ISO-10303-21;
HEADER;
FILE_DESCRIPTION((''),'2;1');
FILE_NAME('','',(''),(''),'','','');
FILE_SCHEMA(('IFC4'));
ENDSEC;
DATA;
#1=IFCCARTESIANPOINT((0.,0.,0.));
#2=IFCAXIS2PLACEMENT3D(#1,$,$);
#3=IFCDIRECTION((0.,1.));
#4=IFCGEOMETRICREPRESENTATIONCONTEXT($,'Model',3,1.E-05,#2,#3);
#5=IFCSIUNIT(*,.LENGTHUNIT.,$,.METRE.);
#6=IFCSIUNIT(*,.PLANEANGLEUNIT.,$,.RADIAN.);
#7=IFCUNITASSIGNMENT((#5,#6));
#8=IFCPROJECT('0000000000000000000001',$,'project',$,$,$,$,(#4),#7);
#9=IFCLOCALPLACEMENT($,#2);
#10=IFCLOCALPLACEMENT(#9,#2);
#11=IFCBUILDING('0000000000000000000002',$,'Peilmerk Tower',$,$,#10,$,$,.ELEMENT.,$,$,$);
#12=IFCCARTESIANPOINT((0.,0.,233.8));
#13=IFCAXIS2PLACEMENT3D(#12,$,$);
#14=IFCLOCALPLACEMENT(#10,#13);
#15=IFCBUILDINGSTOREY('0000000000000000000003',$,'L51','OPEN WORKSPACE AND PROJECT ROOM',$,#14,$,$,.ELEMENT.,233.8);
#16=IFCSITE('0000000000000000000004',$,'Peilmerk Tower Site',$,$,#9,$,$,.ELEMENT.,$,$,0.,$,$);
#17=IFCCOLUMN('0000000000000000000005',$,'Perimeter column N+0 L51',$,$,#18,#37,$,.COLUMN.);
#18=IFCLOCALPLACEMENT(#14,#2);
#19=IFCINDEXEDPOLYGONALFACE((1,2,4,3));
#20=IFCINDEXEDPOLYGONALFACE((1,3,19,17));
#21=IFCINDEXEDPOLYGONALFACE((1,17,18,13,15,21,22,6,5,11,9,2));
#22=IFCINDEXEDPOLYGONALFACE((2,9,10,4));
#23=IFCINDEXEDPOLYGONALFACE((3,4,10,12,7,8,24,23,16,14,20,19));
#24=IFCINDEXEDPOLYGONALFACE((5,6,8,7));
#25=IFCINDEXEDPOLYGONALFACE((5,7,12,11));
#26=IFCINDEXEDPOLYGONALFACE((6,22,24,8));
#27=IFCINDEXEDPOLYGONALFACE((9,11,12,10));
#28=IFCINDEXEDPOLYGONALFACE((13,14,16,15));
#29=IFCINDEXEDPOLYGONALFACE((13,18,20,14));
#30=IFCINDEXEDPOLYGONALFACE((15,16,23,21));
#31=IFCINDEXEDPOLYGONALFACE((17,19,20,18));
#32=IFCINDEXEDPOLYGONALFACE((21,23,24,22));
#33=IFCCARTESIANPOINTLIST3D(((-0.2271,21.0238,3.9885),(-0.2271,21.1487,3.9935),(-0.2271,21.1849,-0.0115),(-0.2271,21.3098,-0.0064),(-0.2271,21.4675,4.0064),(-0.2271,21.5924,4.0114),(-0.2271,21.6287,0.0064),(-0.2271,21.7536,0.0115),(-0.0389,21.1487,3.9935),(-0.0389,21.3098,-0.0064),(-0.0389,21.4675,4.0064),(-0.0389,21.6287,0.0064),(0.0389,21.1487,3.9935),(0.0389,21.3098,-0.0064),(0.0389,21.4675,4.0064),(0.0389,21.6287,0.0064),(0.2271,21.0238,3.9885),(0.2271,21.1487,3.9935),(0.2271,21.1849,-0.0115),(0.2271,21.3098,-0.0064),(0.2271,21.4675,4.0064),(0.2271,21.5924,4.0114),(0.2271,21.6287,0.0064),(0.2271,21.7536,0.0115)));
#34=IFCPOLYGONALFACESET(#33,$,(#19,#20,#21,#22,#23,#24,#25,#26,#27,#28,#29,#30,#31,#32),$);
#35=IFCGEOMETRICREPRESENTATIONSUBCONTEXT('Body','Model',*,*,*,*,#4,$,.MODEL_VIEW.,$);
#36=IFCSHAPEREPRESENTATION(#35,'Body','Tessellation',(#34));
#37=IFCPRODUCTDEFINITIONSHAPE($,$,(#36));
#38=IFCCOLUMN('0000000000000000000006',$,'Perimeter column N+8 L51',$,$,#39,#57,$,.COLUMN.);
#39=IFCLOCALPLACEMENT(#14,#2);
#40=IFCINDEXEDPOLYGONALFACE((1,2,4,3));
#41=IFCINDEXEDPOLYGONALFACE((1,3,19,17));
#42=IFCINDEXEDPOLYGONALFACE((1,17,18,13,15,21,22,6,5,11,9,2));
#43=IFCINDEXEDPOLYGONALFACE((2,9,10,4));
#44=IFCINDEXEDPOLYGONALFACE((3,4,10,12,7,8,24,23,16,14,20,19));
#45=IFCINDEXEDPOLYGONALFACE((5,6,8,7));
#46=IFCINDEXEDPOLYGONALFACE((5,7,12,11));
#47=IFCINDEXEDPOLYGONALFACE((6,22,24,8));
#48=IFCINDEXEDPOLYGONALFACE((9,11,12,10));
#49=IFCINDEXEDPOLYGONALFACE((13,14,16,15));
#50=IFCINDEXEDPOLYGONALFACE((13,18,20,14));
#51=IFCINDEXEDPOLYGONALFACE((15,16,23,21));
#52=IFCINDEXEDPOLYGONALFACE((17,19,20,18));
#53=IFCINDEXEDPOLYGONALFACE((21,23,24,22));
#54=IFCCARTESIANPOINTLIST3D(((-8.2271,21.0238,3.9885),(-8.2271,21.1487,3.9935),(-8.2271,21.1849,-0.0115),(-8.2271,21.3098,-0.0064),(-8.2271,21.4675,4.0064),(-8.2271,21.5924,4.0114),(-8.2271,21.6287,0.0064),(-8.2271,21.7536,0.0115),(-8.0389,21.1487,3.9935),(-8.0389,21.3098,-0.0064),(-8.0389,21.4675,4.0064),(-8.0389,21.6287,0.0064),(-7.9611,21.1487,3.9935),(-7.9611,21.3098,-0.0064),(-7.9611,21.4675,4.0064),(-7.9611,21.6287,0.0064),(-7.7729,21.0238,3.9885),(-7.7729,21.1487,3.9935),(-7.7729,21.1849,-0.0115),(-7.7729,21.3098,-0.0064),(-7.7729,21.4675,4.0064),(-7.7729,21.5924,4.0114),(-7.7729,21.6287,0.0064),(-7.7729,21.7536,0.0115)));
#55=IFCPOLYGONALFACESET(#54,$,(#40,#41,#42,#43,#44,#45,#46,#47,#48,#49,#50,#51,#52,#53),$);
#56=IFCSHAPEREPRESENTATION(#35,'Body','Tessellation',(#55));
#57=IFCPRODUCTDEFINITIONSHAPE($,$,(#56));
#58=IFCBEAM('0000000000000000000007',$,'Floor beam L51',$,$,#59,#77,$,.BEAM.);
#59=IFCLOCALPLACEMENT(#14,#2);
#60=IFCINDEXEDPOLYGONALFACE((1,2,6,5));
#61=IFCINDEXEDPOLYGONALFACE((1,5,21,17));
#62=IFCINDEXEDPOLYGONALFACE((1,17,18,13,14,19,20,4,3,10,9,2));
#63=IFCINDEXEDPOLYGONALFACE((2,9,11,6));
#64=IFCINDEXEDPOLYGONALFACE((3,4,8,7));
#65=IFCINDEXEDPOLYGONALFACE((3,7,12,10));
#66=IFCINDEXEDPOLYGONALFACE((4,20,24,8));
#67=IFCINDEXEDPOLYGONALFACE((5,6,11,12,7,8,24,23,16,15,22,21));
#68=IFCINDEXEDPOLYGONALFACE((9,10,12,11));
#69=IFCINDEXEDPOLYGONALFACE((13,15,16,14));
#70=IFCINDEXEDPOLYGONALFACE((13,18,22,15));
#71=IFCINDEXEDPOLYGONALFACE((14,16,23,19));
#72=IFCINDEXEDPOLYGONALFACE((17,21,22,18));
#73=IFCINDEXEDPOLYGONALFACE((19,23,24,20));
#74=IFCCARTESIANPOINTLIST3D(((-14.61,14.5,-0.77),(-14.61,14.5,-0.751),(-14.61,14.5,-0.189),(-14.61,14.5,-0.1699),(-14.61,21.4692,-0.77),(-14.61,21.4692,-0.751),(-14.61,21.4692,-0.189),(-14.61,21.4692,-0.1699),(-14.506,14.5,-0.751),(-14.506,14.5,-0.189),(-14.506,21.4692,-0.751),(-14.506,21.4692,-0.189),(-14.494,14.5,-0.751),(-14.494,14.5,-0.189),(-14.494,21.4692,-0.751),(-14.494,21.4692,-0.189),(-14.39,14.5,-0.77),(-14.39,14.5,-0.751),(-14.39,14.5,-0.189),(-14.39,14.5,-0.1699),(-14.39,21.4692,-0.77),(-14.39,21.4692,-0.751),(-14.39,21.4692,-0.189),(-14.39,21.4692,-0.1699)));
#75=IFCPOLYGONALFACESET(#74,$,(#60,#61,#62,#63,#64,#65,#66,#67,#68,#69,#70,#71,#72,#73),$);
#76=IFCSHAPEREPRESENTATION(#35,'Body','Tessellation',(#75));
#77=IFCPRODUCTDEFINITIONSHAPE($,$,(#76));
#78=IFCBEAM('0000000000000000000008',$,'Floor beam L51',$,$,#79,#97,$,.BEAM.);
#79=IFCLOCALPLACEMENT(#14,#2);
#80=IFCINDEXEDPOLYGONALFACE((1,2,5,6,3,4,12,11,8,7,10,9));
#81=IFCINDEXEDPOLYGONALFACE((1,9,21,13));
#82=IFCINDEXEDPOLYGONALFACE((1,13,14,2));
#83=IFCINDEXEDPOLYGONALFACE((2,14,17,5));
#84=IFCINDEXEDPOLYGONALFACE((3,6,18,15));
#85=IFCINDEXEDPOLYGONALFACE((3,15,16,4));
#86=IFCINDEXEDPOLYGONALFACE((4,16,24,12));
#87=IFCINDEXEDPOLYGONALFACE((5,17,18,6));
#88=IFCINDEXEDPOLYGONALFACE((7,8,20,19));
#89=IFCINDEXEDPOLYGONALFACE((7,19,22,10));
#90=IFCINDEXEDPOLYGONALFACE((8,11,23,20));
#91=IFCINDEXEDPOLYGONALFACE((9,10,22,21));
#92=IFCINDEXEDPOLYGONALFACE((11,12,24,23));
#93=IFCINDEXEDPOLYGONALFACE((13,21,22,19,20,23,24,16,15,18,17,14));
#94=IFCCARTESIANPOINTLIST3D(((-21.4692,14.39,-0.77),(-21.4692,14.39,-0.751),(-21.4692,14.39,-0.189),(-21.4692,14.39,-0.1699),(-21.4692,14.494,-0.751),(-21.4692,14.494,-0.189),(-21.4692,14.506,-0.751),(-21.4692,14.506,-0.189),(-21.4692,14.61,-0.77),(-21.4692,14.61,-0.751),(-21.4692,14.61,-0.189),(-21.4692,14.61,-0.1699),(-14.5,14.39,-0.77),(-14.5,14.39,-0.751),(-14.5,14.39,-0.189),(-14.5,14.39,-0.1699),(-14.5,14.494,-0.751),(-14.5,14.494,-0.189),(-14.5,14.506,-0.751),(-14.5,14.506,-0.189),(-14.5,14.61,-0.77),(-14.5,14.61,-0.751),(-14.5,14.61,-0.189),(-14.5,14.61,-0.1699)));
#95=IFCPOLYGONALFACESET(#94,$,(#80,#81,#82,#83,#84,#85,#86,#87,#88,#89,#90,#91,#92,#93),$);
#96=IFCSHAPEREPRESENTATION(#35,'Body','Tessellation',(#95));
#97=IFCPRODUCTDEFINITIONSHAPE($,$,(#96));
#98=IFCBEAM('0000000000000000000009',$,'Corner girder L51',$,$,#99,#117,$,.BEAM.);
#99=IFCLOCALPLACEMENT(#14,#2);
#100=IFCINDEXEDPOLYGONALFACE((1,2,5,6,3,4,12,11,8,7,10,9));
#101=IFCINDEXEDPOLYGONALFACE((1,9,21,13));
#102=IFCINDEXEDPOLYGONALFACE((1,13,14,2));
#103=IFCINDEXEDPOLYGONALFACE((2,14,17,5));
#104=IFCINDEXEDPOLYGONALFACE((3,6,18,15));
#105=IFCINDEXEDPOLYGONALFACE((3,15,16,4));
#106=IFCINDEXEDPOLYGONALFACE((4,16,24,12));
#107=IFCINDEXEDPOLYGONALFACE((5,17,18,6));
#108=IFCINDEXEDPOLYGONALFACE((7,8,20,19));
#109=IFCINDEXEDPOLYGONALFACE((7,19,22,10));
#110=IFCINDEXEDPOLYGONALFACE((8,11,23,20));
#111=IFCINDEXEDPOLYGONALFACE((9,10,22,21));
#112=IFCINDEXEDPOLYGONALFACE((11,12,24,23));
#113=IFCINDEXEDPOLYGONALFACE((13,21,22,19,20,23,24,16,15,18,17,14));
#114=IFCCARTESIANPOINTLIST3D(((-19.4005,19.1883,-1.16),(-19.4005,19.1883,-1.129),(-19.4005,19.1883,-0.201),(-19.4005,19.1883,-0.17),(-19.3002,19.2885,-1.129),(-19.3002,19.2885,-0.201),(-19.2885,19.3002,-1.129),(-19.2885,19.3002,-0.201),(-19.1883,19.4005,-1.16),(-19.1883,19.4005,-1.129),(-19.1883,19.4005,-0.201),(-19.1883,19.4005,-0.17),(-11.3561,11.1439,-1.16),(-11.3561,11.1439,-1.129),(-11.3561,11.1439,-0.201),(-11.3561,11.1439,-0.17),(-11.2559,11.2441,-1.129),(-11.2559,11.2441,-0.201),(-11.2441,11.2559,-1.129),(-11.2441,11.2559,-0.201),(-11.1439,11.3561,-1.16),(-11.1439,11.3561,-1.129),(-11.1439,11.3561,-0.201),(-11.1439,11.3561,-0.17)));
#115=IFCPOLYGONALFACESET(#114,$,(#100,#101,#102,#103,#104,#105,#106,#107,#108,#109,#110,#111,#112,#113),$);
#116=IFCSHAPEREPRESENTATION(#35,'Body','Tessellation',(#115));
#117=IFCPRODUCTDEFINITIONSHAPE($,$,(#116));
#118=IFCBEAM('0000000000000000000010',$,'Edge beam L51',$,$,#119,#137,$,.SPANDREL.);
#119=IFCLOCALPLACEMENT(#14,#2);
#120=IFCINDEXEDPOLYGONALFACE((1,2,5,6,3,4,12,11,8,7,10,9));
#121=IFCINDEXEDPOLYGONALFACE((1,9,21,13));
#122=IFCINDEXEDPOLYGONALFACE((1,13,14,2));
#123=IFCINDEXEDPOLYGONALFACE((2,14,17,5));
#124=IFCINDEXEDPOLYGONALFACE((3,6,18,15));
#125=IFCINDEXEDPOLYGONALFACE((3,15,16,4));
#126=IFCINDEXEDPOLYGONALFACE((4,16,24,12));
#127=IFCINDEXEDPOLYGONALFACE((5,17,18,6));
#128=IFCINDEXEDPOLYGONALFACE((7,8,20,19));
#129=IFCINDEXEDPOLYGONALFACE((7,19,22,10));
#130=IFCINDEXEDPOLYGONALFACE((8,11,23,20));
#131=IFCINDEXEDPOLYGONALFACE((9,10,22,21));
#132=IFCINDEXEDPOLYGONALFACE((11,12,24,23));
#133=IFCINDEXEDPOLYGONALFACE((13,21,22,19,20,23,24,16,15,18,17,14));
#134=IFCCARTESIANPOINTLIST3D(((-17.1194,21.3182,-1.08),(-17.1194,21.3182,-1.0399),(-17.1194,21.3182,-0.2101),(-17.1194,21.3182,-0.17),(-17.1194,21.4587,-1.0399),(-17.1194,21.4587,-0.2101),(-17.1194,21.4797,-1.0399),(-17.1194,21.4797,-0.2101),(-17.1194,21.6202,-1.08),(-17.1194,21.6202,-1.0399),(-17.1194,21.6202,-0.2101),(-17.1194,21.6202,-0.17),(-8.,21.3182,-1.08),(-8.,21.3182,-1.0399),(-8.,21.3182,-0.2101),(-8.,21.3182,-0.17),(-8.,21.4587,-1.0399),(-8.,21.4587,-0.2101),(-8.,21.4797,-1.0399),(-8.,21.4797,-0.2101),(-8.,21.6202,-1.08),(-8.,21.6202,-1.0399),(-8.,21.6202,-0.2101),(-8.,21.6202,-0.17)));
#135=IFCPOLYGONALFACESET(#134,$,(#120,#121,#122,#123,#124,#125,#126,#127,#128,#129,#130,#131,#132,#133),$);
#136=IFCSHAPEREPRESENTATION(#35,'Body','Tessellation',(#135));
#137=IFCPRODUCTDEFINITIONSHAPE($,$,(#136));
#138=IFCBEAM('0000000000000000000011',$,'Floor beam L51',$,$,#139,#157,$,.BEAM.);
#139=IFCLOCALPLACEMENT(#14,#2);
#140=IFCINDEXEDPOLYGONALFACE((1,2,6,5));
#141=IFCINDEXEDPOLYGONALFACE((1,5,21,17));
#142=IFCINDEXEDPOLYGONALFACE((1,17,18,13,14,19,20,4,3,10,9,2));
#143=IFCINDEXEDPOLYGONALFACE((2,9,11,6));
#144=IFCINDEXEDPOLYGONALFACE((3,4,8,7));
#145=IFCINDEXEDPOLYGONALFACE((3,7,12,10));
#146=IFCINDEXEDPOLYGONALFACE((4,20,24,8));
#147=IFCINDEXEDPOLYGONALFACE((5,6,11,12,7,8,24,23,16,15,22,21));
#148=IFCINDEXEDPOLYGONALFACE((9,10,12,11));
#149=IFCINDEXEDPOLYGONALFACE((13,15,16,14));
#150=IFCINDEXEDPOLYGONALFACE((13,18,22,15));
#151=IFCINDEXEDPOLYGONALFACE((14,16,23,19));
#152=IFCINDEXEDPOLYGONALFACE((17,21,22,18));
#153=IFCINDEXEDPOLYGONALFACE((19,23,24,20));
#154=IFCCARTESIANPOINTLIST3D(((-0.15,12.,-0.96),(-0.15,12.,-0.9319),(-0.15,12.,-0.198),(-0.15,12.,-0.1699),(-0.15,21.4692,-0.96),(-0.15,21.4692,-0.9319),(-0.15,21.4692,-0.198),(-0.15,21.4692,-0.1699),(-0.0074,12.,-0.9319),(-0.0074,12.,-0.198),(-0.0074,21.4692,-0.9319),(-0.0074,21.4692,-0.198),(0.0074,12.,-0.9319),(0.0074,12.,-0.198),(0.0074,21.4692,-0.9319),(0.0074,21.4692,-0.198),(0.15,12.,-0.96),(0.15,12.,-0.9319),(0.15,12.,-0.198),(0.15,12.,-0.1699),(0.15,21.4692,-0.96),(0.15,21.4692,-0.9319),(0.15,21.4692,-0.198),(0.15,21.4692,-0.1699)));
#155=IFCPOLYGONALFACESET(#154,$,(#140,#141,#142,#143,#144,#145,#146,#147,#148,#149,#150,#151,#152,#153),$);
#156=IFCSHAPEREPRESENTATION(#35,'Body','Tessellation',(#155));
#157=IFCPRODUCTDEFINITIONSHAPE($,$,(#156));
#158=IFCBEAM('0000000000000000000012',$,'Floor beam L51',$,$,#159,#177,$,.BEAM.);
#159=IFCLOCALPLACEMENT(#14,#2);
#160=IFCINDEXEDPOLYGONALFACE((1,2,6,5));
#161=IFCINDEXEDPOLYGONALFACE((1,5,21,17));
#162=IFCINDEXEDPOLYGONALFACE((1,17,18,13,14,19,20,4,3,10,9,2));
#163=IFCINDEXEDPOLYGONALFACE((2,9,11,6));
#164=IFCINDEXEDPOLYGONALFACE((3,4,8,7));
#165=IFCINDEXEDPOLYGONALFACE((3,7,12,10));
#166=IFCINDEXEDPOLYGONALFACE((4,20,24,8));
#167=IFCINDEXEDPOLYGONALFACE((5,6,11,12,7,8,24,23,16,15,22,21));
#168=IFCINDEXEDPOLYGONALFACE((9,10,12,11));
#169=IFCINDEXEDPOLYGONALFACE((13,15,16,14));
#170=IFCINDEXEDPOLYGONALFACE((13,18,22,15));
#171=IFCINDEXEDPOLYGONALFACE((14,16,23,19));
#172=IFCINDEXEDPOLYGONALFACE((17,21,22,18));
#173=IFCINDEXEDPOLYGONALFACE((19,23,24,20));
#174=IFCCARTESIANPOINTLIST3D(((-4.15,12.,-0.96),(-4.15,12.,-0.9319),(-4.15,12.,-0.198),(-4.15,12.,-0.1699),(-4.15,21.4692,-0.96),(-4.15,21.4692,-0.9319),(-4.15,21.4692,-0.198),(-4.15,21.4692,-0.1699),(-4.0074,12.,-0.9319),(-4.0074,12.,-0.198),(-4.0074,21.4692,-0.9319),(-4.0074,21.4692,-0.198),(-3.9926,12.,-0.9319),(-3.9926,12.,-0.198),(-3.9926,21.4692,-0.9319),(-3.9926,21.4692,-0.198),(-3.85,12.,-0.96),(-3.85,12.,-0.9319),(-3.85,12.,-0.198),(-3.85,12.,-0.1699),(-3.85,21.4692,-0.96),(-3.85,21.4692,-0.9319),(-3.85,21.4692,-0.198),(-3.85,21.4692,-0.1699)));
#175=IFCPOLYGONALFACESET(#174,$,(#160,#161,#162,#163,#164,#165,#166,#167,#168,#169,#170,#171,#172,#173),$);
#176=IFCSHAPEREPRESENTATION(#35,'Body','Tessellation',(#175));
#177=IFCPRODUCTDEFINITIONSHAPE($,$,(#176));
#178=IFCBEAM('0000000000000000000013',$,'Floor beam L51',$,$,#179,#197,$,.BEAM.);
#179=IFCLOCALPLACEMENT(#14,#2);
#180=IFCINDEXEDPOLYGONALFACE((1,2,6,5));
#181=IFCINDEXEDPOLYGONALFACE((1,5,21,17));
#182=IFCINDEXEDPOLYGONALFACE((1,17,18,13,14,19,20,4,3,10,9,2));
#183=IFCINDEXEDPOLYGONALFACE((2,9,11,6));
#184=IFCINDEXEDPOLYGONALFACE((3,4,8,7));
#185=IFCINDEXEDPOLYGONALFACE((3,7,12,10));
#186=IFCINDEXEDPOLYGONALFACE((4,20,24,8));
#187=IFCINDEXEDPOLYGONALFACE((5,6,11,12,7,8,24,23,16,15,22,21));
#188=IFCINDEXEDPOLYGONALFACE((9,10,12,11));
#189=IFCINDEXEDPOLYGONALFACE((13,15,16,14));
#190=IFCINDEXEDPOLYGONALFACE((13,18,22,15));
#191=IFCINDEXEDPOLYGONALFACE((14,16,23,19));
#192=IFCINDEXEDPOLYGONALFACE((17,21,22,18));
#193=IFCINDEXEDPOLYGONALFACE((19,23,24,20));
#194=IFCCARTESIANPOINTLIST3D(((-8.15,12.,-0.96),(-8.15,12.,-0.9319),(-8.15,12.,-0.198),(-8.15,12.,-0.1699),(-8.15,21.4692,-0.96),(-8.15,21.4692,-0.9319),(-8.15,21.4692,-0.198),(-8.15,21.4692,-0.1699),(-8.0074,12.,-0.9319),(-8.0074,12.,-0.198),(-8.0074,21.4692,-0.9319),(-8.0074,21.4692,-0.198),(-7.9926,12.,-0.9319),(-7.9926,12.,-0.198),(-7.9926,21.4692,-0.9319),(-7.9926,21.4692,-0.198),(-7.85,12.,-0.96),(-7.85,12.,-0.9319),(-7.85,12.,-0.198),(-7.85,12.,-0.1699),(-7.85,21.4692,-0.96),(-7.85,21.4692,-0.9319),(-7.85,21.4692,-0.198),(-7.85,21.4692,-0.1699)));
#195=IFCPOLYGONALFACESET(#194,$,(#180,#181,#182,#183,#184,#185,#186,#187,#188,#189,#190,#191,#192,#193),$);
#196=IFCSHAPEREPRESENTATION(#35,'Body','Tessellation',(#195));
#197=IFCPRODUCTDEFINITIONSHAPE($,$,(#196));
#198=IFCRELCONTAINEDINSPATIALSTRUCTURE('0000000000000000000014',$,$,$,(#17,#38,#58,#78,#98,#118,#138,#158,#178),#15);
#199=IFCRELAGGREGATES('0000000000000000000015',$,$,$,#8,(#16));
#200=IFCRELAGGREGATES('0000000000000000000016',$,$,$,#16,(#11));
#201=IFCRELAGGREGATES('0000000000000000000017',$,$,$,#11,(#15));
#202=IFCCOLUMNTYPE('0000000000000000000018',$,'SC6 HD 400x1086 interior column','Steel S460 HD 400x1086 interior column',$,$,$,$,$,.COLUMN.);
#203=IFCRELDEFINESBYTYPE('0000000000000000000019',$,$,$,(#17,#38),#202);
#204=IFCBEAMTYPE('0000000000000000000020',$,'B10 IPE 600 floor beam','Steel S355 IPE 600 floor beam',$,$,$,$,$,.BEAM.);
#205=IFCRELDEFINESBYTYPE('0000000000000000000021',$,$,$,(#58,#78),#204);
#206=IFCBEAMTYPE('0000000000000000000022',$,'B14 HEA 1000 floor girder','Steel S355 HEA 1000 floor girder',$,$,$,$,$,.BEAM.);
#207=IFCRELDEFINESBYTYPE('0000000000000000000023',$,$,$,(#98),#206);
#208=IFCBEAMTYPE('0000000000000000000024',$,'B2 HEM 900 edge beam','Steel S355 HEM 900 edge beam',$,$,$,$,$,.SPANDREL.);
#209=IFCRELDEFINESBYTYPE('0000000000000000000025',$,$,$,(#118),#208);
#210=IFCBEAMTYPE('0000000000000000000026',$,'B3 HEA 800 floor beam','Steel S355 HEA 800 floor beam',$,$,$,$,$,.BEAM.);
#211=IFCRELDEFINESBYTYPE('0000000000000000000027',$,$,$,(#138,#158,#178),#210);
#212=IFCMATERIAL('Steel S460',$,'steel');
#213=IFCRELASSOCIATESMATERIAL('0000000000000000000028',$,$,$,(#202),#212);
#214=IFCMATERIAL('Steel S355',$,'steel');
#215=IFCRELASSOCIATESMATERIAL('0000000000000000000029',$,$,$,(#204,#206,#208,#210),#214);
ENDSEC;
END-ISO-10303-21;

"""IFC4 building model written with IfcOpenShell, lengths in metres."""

from ifc_helpers import new_model, si_unit, direction, frame, origin, origin_2d, place, context, subcontext, project, spatial, i_section, extrude, material, material_profile, profile_set, type_object, element, save


model = new_model("IFC4")

# Units and contexts
model_context = context("Model", 3, precision=1e-05, world=origin(), true_north=direction((0.0, 1.0)))
body_context = subcontext(model_context, "Body", "Model", "MODEL_VIEW")
ifc_project = project(units=[si_unit("LENGTHUNIT", "METRE"), si_unit("PLANEANGLEUNIT", "RADIAN")], contexts=[model_context])

# Site, building, storey
site_placement = place(None, origin())
site = spatial("IfcSite", under=ifc_project, at=site_placement, Name="Peilmerk Tower Site", CompositionType="ELEMENT", RefElevation=0.0)
building_placement = place(site_placement, origin())
building = spatial("IfcBuilding", under=site, at=building_placement, Name="Peilmerk Tower", CompositionType="ELEMENT")
storey_placement = place(building_placement, frame((0.0, 0.0, 233.8)))
storey = spatial("IfcBuildingStorey", under=building, at=storey_placement, Name="L51", Description="OPEN WORKSPACE AND PROJECT ROOM", CompositionType="ELEMENT", Elevation=233.8)

# Columns
ifc_material_1 = material(Name="Steel S460", Category="steel")
ifc_material_profile_1 = material_profile(ifc_material_1, i_section(OverallWidth=0.4541, OverallDepth=0.5691, WebThickness=0.0779, FlangeThickness=0.125, at=origin_2d()), Name="HD 400x1086")
ifc_profile_set_1 = profile_set([ifc_material_profile_1], Name="Steel S460")
column_type = type_object("IfcColumnType", Name="SC6 HD 400x1086 interior column", Description="Steel S460 HD 400x1086 interior column", PredefinedType="COLUMN", material=ifc_profile_set_1)
for number, where, z_axis, x_axis, name in (
    (1, (0.0, 21.4692, 0.0), (0.0, -0.040251, 0.99919), (1.0, 0.0, 0.0), "Perimeter column N+0 L51"),
    (2, (-8.0, 21.4692, 0.0), (0.0, -0.040251, 0.99919), (1.0, 0.0, 0.0), "Perimeter column N+8 L51"),
):
    element("IfcColumn", number, at=place(storey_placement, frame(where, z_axis=z_axis, x_axis=x_axis)), inside=storey, type_object=column_type, Name=name, PredefinedType="COLUMN", context=body_context, shape_type="SweptSolid", body=[
        extrude(i_section(OverallWidth=0.4541, OverallDepth=0.5691, WebThickness=0.0779, FlangeThickness=0.125, at=origin_2d()), origin(), (0.0, 0.0, 1.0), 4.0032),
    ])

# Beams
ifc_material_2 = material(Name="Steel S355", Category="steel")
ifc_material_profile_2 = material_profile(ifc_material_2, i_section(OverallWidth=0.22, OverallDepth=0.6001, WebThickness=0.012, FlangeThickness=0.019, at=origin_2d()), Name="IPE 600")
ifc_profile_set_2 = profile_set([ifc_material_profile_2], Name="Steel S355")
beam_type_1 = type_object("IfcBeamType", Name="B10 IPE 600 floor beam", Description="Steel S355 IPE 600 floor beam", PredefinedType="BEAM", material=ifc_profile_set_2)
for number, where, z_axis, x_axis, name in (
    (3, (-14.5, 14.5, -0.47), (0.0, 1.0, 0.0), (-1.0, 0.0, 0.0), "Floor beam L51"),
    (4, (-14.5, 14.5, -0.47), (-1.0, 0.0, 0.0), (0.0, -1.0, 0.0), "Floor beam L51"),
):
    element("IfcBeam", number, at=place(storey_placement, frame(where, z_axis=z_axis, x_axis=x_axis)), inside=storey, type_object=beam_type_1, Name=name, PredefinedType="BEAM", context=body_context, shape_type="SweptSolid", body=[
        extrude(i_section(OverallWidth=0.22, OverallDepth=0.6001, WebThickness=0.012, FlangeThickness=0.019, at=origin_2d()), origin(), (0.0, 0.0, 1.0), 6.9692),
    ])
ifc_material_profile_3 = material_profile(ifc_material_2, i_section(OverallWidth=0.3, OverallDepth=0.99, WebThickness=0.0166, FlangeThickness=0.031, at=origin_2d()), Name="HEA 1000")
ifc_profile_set_3 = profile_set([ifc_material_profile_3], Name="Steel S355")
beam_type_2 = type_object("IfcBeamType", Name="B14 HEA 1000 floor girder", Description="Steel S355 HEA 1000 floor girder", PredefinedType="BEAM", material=ifc_profile_set_3)
beam_1_placement = place(storey_placement, frame((-11.25, 11.25, -0.665), z_axis=(-0.707107, 0.707107, 0.0), x_axis=(-0.707107, -0.707107, 0.0)))
element("IfcBeam", 5, at=beam_1_placement, inside=storey, type_object=beam_type_2, Name="Corner girder L51", PredefinedType="BEAM", context=body_context, shape_type="SweptSolid", body=[
    extrude(i_section(OverallWidth=0.3, OverallDepth=0.99, WebThickness=0.0166, FlangeThickness=0.031, at=origin_2d()), origin(), (0.0, 0.0, 1.0), 11.3765),
])
ifc_material_profile_4 = material_profile(ifc_material_2, i_section(OverallWidth=0.302, OverallDepth=0.9099, WebThickness=0.021, FlangeThickness=0.04, at=origin_2d()), Name="HEM 900")
ifc_profile_set_4 = profile_set([ifc_material_profile_4], Name="Steel S355")
beam_type_3 = type_object("IfcBeamType", Name="B2 HEM 900 edge beam", Description="Steel S355 HEM 900 edge beam", PredefinedType="SPANDREL", material=ifc_profile_set_4)
beam_2_placement = place(storey_placement, frame((-8.0, 21.4692, -0.625), z_axis=(-1.0, 0.0, 0.0), x_axis=(0.0, -1.0, 0.0)))
element("IfcBeam", 6, at=beam_2_placement, inside=storey, type_object=beam_type_3, Name="Edge beam L51", PredefinedType="SPANDREL", context=body_context, shape_type="SweptSolid", body=[
    extrude(i_section(OverallWidth=0.302, OverallDepth=0.9099, WebThickness=0.021, FlangeThickness=0.04, at=origin_2d()), origin(), (0.0, 0.0, 1.0), 9.1194),
])
ifc_material_profile_5 = material_profile(ifc_material_2, i_section(OverallWidth=0.3, OverallDepth=0.79, WebThickness=0.0149, FlangeThickness=0.0281, at=origin_2d()), Name="HEA 800")
ifc_profile_set_5 = profile_set([ifc_material_profile_5], Name="Steel S355")
beam_type_4 = type_object("IfcBeamType", Name="B3 HEA 800 floor beam", Description="Steel S355 HEA 800 floor beam", PredefinedType="BEAM", material=ifc_profile_set_5)
for number, where, z_axis, x_axis, name in (
    (7, (0.0, 12.0, -0.5649), (0.0, 1.0, 0.0), (-1.0, 0.0, 0.0), "Floor beam L51"),
    (8, (-4.0, 12.0, -0.5649), (0.0, 1.0, 0.0), (-1.0, 0.0, 0.0), "Floor beam L51"),
    (9, (-8.0, 12.0, -0.5649), (0.0, 1.0, 0.0), (-1.0, 0.0, 0.0), "Floor beam L51"),
):
    element("IfcBeam", number, at=place(storey_placement, frame(where, z_axis=z_axis, x_axis=x_axis)), inside=storey, type_object=beam_type_4, Name=name, PredefinedType="BEAM", context=body_context, shape_type="SweptSolid", body=[
        extrude(i_section(OverallWidth=0.3, OverallDepth=0.79, WebThickness=0.0149, FlangeThickness=0.0281, at=origin_2d()), origin(), (0.0, 0.0, 1.0), 9.4692),
    ])

save(model, "model.ifc")
